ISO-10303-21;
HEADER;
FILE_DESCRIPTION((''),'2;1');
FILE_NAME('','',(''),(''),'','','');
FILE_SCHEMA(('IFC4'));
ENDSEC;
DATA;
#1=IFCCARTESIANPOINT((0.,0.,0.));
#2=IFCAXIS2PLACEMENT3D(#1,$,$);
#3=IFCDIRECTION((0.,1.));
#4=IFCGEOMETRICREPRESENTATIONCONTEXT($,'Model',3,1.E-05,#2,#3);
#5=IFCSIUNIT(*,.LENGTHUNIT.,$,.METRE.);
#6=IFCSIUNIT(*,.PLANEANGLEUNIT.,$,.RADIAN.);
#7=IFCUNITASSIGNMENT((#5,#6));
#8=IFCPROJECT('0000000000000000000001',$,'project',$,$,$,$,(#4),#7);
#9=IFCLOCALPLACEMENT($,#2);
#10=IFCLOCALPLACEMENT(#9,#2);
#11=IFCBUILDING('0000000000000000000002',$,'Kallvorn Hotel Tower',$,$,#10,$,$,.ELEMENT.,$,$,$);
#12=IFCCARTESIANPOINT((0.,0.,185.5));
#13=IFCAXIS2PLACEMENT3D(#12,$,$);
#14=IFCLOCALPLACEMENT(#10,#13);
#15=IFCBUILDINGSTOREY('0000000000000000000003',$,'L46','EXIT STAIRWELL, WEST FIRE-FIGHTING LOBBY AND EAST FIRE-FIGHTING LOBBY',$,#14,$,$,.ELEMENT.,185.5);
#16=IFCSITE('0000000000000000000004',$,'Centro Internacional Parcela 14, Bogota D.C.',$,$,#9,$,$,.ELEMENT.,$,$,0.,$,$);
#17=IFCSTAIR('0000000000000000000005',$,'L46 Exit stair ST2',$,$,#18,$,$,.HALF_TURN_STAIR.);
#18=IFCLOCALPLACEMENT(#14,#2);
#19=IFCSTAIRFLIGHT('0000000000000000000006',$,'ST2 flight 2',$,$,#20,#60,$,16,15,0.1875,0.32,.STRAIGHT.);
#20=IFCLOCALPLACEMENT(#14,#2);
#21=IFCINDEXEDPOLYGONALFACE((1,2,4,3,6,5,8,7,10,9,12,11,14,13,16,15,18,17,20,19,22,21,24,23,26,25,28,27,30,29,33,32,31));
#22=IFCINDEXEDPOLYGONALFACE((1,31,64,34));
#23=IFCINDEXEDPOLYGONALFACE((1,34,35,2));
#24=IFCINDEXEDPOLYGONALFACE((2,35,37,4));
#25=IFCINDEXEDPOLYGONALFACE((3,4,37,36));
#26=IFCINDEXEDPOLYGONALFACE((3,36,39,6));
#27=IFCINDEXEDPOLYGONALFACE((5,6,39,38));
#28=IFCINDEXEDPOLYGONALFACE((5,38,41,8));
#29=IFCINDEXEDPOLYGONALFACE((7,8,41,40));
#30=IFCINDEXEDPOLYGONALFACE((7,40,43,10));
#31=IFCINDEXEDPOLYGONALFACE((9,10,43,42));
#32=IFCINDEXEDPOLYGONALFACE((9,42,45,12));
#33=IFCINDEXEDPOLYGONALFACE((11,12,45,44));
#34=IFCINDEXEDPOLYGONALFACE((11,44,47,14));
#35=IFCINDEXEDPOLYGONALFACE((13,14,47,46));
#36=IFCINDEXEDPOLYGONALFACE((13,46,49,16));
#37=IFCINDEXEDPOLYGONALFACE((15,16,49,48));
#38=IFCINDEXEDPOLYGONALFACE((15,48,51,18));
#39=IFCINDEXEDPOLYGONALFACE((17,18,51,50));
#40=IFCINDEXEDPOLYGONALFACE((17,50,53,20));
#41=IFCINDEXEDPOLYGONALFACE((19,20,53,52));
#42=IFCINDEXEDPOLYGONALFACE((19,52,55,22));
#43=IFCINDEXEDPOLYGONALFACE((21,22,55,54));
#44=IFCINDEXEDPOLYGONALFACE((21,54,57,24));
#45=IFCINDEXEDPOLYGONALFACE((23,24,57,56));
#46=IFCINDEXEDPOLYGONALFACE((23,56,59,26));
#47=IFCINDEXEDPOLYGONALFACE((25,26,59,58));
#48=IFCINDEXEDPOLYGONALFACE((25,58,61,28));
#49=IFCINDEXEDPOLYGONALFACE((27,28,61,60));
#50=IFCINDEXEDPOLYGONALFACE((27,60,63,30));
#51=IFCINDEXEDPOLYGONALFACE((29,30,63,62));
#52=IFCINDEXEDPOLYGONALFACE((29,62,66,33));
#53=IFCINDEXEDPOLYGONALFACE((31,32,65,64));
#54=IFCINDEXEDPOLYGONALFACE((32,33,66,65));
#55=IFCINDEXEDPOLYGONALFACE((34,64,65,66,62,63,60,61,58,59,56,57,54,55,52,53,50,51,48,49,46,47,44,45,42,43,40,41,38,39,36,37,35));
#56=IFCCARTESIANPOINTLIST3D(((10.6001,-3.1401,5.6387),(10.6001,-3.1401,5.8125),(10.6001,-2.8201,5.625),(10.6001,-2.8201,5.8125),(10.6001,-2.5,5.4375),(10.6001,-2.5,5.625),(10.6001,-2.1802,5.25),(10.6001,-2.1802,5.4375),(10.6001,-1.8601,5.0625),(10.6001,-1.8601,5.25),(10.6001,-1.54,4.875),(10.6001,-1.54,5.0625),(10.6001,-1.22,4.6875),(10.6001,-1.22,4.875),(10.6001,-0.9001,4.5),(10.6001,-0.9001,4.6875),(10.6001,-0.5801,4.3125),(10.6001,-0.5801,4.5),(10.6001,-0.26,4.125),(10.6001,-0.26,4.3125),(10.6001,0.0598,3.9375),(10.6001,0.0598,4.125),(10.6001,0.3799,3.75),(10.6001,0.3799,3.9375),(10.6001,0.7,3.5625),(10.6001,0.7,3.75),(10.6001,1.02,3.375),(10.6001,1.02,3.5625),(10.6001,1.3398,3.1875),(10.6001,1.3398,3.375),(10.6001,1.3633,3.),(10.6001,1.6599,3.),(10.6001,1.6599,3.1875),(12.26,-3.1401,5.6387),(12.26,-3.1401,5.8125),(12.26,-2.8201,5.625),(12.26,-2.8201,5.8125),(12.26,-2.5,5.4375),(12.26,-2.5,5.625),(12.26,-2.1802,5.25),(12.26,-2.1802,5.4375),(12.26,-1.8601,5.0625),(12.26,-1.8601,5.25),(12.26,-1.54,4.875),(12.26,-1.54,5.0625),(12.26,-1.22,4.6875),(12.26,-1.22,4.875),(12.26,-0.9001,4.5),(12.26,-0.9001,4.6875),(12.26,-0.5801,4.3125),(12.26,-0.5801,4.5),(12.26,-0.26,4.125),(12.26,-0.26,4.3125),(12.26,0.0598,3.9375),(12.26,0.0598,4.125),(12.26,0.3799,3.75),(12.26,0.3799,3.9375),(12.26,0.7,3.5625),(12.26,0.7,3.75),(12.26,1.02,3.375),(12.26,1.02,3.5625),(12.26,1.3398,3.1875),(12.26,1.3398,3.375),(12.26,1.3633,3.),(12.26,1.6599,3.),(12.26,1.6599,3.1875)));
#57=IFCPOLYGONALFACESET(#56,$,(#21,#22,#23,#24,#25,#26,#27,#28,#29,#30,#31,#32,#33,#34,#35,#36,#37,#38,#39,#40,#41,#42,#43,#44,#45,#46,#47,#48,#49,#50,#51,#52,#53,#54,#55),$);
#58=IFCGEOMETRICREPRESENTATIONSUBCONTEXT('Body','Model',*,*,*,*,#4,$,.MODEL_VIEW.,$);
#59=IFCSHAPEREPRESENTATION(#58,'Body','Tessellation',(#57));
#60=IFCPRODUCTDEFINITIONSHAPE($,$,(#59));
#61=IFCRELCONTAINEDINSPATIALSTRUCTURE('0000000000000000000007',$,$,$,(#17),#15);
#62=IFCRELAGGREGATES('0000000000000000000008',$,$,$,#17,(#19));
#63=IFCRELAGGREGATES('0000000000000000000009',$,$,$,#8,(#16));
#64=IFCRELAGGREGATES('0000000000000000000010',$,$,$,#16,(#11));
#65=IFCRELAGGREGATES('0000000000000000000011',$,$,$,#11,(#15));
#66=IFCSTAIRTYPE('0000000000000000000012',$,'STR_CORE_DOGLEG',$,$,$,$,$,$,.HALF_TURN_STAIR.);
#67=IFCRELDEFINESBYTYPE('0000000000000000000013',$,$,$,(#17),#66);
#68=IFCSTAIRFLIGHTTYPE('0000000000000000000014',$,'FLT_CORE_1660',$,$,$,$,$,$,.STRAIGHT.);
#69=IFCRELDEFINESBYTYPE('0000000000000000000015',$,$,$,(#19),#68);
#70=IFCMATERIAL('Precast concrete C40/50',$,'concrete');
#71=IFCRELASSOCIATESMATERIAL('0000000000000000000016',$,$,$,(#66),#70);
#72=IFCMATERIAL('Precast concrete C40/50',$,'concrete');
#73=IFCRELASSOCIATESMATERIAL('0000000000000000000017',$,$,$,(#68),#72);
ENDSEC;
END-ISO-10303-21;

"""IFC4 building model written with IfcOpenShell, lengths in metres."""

from ifc_helpers import new_model, si_unit, direction, frame, origin, place, context, subcontext, project, spatial, polyline, outline, extrude, material, type_object, element, aggregate, save


model = new_model("IFC4")

# Units and contexts
model_context = context("Model", 3, precision=1e-05, world=origin(), true_north=direction((0.0, 1.0)))
body_context = subcontext(model_context, "Body", "Model", "MODEL_VIEW")
ifc_project = project(units=[si_unit("LENGTHUNIT", "METRE"), si_unit("PLANEANGLEUNIT", "RADIAN")], contexts=[model_context])

# Site, building, storey
site_placement = place(None, origin())
site = spatial("IfcSite", under=ifc_project, at=site_placement, Name="Centro Internacional Parcela 14, Bogota D.C.", CompositionType="ELEMENT", RefElevation=0.0)
building_placement = place(site_placement, origin())
building = spatial("IfcBuilding", under=site, at=building_placement, Name="Kallvorn Hotel Tower", CompositionType="ELEMENT")
storey_placement = place(building_placement, frame((0.0, 0.0, 185.5)))
storey = spatial("IfcBuildingStorey", under=building, at=storey_placement, Name="L46", Description="EXIT STAIRWELL, WEST FIRE-FIGHTING LOBBY AND EAST FIRE-FIGHTING LOBBY", CompositionType="ELEMENT", Elevation=185.5)

# Stair, stair flight
ifc_material_1 = material(Name="Precast concrete C40/50", Category="concrete")
stair_type = type_object("IfcStairType", Name="STR_CORE_DOGLEG", PredefinedType="HALF_TURN_STAIR", material=ifc_material_1)
stair_placement = place(storey_placement, origin())
stair = element("IfcStair", 1, at=stair_placement, inside=storey, type_object=stair_type, Name="L46 Exit stair ST2", PredefinedType="HALF_TURN_STAIR")
ifc_material_2 = material(Name="Precast concrete C40/50", Category="concrete")
stair_flight_type = type_object("IfcStairFlightType", Name="FLT_CORE_1660", PredefinedType="STRAIGHT", material=ifc_material_2)
stair_flight_1_placement = place(storey_placement, frame((11.4299, 1.6599, 3.0), z_axis=(0.0, 0.0, 1.0), x_axis=(0.0, -1.0, 0.0)))
stair_flight_1 = element("IfcStairFlight", 2, at=stair_flight_1_placement, type_object=stair_flight_type, Name="ST2 flight 2", NumberOfRisers=16, NumberOfTreads=15, PredefinedType="STRAIGHT", RiserHeight=0.1875, TreadLength=0.32, context=body_context, shape_type="SweptSolid", body=[
    extrude(outline(polyline([(0.0, 0.0), (0.0, 0.1875), (0.3201, 0.1875), (0.3201, 0.375), (0.6399, 0.375), (0.6399, 0.5625), (0.96, 0.5625), (0.96, 0.75), (1.28, 0.75), (1.28, 0.9375), (1.6001, 0.9375), (1.6001, 1.125), (1.9199, 1.125), (1.9199, 1.3125), (2.24, 1.3125), (2.24, 1.5), (2.5601, 1.5), (2.5601, 1.6875), (2.8799, 1.6875), (2.8799, 1.875), (3.2, 1.875), (3.2, 2.0625), (3.52, 2.0625), (3.52, 2.25), (3.8401, 2.25), (3.8401, 2.4375), (4.1599, 2.4375), (4.1599, 2.625), (4.48, 2.625), (4.48, 2.8125), (4.8, 2.8125), (4.8, 3.0), (4.8, 2.6387), (0.2966, 0.0), (0.0, 0.0)])), frame((0.0, 0.8301, 0.0), z_axis=(0.0, -1.0, 0.0), x_axis=(1.0, 0.0, 0.0)), (0.0, 0.0, 1.0), 1.6599),
])
aggregate(stair, [stair_flight_1])

save(model, "model.ifc")
